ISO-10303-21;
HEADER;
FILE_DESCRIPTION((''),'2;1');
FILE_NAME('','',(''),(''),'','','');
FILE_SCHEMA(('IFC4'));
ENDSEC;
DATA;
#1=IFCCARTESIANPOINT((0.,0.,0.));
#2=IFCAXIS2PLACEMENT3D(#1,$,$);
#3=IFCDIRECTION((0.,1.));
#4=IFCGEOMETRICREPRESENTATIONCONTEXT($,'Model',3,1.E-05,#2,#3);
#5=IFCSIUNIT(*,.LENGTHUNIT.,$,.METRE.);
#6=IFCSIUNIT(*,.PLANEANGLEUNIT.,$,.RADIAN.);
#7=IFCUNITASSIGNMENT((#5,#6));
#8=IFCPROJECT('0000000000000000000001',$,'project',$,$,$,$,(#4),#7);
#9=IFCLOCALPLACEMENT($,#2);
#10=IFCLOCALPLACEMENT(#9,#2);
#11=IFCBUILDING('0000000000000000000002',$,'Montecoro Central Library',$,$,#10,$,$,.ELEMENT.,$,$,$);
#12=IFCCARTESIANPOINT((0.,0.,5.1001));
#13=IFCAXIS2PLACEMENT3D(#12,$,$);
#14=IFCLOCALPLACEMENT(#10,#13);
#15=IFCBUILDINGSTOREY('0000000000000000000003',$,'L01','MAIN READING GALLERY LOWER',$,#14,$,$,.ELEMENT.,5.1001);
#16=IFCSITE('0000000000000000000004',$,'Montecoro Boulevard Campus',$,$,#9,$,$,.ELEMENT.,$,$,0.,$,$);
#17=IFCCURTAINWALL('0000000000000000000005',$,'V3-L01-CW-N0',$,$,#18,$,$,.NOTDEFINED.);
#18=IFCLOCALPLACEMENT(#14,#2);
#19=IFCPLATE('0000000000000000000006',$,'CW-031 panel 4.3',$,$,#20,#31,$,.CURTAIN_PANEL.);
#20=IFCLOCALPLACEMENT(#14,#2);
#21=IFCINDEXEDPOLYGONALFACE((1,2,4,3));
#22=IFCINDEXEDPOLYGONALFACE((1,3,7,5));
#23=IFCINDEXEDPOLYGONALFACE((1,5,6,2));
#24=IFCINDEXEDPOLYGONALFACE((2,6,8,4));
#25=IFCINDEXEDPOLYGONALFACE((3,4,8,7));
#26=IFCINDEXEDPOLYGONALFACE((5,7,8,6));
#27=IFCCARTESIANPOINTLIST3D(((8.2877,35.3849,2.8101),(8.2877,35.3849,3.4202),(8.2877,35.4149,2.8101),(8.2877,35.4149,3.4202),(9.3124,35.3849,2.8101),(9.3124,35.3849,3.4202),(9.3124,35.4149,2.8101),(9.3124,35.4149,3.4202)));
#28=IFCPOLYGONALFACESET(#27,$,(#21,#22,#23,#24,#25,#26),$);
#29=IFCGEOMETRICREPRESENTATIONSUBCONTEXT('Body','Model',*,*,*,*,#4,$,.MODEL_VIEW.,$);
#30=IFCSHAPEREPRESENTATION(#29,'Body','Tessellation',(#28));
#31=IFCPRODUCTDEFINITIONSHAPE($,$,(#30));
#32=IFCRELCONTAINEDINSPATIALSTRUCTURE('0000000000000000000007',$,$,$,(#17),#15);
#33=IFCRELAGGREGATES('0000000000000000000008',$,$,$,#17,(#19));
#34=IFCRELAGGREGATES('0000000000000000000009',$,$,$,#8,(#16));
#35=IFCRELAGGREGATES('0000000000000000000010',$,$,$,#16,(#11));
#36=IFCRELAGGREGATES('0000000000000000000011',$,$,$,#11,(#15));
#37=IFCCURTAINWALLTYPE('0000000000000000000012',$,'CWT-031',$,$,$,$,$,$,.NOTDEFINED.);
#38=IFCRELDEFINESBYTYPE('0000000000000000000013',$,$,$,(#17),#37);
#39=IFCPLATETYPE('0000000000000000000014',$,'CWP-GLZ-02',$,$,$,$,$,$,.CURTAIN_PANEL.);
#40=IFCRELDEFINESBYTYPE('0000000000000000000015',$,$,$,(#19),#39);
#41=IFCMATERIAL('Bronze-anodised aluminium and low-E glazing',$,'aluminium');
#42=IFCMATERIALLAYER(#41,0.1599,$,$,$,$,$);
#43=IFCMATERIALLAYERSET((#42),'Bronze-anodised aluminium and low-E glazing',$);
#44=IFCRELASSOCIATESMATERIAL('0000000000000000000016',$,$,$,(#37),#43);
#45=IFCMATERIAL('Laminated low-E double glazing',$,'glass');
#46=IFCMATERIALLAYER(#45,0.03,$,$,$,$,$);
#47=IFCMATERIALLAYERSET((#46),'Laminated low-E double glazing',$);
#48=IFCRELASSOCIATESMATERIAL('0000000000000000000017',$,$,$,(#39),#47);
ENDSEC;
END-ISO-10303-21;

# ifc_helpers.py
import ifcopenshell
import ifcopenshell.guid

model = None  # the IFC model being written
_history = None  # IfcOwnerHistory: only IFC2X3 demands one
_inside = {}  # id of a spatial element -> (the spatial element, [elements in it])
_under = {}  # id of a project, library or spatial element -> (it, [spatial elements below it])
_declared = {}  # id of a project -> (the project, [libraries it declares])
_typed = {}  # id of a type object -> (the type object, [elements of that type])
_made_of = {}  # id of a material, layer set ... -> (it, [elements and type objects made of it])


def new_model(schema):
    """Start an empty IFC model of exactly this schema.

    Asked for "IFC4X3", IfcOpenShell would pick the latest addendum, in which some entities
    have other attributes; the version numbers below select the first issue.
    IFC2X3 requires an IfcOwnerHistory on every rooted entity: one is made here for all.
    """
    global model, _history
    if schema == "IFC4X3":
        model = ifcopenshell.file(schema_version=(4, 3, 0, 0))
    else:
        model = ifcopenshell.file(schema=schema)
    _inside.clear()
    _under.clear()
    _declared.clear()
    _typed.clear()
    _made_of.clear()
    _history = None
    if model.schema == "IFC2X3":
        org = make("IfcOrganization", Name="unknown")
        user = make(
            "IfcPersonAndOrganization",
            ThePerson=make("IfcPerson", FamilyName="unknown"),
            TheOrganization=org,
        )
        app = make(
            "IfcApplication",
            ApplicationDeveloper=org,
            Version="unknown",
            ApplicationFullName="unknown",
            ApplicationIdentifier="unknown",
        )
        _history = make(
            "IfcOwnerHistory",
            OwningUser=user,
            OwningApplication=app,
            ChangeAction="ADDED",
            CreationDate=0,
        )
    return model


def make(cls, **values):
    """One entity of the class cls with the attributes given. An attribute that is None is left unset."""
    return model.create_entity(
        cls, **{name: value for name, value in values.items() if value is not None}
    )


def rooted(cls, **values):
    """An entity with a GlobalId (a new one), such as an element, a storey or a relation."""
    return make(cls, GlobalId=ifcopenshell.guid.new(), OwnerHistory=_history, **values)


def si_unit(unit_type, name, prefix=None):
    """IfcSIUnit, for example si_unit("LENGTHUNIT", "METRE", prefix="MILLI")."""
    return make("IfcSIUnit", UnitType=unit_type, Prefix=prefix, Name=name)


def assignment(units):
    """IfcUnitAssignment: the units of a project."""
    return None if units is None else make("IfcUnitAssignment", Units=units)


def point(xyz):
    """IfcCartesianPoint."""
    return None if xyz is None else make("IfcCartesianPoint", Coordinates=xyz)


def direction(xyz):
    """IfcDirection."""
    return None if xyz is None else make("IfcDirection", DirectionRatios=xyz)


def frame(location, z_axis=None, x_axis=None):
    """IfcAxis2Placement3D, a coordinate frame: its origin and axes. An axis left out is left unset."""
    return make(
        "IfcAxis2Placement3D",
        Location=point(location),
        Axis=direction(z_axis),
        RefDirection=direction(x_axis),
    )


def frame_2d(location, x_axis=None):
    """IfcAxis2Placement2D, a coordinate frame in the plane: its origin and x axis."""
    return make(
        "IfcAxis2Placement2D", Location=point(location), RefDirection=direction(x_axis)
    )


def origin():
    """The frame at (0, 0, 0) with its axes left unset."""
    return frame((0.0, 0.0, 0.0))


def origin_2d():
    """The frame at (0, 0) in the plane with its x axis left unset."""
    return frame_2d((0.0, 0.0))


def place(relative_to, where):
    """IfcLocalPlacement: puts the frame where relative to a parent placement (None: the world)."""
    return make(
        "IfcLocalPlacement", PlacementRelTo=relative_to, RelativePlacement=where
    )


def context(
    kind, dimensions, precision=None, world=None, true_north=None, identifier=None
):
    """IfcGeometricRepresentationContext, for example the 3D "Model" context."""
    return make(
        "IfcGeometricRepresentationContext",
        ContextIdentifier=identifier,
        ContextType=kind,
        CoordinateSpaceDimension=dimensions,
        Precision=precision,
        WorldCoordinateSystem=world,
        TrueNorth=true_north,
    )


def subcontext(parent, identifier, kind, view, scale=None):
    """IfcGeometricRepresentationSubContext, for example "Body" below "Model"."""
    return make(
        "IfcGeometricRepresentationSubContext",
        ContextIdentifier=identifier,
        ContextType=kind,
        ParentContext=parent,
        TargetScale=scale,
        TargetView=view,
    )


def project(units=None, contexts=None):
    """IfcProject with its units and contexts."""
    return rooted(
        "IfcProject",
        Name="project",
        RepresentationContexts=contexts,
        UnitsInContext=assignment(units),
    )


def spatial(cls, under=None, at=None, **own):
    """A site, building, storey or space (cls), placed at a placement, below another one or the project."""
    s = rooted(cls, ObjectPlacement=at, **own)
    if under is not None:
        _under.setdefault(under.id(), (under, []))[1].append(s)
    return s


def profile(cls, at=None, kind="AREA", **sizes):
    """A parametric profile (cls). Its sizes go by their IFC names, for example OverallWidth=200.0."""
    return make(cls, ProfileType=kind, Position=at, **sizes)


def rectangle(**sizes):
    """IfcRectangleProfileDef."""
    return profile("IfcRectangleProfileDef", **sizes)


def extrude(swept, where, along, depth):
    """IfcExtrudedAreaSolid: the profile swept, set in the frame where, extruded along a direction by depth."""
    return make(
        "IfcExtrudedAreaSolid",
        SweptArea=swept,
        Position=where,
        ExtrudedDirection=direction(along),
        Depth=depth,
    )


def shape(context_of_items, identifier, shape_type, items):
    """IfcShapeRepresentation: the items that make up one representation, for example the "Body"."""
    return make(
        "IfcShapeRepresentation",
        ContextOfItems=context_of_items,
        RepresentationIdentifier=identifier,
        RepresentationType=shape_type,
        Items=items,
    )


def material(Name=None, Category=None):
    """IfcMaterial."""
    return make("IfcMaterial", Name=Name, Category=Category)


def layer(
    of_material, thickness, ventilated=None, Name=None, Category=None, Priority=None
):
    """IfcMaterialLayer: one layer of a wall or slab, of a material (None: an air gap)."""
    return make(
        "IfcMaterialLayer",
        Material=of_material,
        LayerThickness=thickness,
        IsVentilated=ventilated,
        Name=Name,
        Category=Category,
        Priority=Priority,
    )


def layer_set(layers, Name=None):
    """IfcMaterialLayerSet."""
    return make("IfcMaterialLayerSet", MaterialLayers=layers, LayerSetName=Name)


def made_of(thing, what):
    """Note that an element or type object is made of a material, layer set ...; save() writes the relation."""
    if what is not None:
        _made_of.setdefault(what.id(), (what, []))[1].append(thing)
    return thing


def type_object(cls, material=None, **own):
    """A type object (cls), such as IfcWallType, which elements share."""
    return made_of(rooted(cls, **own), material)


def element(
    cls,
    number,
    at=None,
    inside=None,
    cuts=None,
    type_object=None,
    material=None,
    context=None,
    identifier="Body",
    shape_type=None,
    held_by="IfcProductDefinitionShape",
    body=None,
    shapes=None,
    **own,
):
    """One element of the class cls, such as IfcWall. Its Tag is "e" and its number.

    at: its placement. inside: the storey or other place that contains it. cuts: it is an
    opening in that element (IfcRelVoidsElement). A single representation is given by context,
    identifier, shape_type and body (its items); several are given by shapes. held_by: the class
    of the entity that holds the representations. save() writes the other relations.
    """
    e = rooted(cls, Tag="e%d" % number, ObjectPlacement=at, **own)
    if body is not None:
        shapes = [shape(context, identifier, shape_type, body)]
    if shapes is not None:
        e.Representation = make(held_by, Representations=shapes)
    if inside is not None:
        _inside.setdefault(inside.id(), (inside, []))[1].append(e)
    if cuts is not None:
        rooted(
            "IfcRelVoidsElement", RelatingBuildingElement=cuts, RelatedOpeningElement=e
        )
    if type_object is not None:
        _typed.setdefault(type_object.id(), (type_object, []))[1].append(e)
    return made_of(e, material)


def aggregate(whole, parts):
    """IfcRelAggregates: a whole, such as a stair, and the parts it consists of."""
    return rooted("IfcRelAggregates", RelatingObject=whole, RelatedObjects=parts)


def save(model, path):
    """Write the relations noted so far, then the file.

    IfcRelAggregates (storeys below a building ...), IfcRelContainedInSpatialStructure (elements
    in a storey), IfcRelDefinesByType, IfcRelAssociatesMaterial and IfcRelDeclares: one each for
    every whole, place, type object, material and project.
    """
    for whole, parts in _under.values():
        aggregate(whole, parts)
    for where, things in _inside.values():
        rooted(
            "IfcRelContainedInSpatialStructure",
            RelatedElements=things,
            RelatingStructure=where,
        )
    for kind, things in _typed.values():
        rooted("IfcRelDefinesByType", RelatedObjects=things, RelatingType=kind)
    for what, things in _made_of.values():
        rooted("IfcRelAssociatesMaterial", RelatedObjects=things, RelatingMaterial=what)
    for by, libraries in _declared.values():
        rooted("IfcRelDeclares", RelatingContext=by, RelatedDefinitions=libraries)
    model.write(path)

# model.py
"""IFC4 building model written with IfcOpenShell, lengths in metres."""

from ifc_helpers import new_model, si_unit, direction, frame, origin, origin_2d, place, context, subcontext, project, spatial, rectangle, extrude, material, layer, layer_set, type_object, element, aggregate, save


model = new_model("IFC4")

# Units and contexts
model_context = context("Model", 3, precision=1e-05, world=origin(), true_north=direction((0.0, 1.0)))
body_context = subcontext(model_context, "Body", "Model", "MODEL_VIEW")
ifc_project = project(units=[si_unit("LENGTHUNIT", "METRE"), si_unit("PLANEANGLEUNIT", "RADIAN")], contexts=[model_context])

# Site, building, storey
site_placement = place(None, origin())
site = spatial("IfcSite", under=ifc_project, at=site_placement, Name="Montecoro Boulevard Campus", CompositionType="ELEMENT", RefElevation=0.0)
building_placement = place(site_placement, origin())
building = spatial("IfcBuilding", under=site, at=building_placement, Name="Montecoro Central Library", CompositionType="ELEMENT")
storey_placement = place(building_placement, frame((0.0, 0.0, 5.1001)))
storey = spatial("IfcBuildingStorey", under=building, at=storey_placement, Name="L01", Description="MAIN READING GALLERY LOWER", CompositionType="ELEMENT", Elevation=5.1001)

# Curtain wall, plate
ifc_material_1 = material(Name="Bronze-anodised aluminium and low-E glazing", Category="aluminium")
ifc_layer_1 = layer(ifc_material_1, 0.1599)
ifc_layer_set_1 = layer_set([ifc_layer_1], Name="Bronze-anodised aluminium and low-E glazing")
curtain_wall_type = type_object("IfcCurtainWallType", Name="CWT-031", PredefinedType="NOTDEFINED", material=ifc_layer_set_1)
curtain_wall_placement = place(storey_placement, origin())
curtain_wall = element("IfcCurtainWall", 1, at=curtain_wall_placement, inside=storey, type_object=curtain_wall_type, Name="V3-L01-CW-N0", PredefinedType="NOTDEFINED")
ifc_material_2 = material(Name="Laminated low-E double glazing", Category="glass")
ifc_layer_2 = layer(ifc_material_2, 0.03)
ifc_layer_set_2 = layer_set([ifc_layer_2], Name="Laminated low-E double glazing")
plate_type = type_object("IfcPlateType", Name="CWP-GLZ-02", PredefinedType="CURTAIN_PANEL", material=ifc_layer_set_2)
plate_1_placement = place(storey_placement, frame((8.8, 35.3999, 2.8101), z_axis=(0.0, 0.0, 1.0), x_axis=(-1.0, 0.0, 0.0)))
plate_1 = element("IfcPlate", 2, at=plate_1_placement, type_object=plate_type, Name="CW-031 panel 4.3", PredefinedType="CURTAIN_PANEL", context=body_context, shape_type="SweptSolid", body=[
    extrude(rectangle(XDim=1.0247, YDim=0.03, at=origin_2d()), origin(), (0.0, 0.0, 1.0), 0.6101),
])
aggregate(curtain_wall, [plate_1])

save(model, "model.ifc")
